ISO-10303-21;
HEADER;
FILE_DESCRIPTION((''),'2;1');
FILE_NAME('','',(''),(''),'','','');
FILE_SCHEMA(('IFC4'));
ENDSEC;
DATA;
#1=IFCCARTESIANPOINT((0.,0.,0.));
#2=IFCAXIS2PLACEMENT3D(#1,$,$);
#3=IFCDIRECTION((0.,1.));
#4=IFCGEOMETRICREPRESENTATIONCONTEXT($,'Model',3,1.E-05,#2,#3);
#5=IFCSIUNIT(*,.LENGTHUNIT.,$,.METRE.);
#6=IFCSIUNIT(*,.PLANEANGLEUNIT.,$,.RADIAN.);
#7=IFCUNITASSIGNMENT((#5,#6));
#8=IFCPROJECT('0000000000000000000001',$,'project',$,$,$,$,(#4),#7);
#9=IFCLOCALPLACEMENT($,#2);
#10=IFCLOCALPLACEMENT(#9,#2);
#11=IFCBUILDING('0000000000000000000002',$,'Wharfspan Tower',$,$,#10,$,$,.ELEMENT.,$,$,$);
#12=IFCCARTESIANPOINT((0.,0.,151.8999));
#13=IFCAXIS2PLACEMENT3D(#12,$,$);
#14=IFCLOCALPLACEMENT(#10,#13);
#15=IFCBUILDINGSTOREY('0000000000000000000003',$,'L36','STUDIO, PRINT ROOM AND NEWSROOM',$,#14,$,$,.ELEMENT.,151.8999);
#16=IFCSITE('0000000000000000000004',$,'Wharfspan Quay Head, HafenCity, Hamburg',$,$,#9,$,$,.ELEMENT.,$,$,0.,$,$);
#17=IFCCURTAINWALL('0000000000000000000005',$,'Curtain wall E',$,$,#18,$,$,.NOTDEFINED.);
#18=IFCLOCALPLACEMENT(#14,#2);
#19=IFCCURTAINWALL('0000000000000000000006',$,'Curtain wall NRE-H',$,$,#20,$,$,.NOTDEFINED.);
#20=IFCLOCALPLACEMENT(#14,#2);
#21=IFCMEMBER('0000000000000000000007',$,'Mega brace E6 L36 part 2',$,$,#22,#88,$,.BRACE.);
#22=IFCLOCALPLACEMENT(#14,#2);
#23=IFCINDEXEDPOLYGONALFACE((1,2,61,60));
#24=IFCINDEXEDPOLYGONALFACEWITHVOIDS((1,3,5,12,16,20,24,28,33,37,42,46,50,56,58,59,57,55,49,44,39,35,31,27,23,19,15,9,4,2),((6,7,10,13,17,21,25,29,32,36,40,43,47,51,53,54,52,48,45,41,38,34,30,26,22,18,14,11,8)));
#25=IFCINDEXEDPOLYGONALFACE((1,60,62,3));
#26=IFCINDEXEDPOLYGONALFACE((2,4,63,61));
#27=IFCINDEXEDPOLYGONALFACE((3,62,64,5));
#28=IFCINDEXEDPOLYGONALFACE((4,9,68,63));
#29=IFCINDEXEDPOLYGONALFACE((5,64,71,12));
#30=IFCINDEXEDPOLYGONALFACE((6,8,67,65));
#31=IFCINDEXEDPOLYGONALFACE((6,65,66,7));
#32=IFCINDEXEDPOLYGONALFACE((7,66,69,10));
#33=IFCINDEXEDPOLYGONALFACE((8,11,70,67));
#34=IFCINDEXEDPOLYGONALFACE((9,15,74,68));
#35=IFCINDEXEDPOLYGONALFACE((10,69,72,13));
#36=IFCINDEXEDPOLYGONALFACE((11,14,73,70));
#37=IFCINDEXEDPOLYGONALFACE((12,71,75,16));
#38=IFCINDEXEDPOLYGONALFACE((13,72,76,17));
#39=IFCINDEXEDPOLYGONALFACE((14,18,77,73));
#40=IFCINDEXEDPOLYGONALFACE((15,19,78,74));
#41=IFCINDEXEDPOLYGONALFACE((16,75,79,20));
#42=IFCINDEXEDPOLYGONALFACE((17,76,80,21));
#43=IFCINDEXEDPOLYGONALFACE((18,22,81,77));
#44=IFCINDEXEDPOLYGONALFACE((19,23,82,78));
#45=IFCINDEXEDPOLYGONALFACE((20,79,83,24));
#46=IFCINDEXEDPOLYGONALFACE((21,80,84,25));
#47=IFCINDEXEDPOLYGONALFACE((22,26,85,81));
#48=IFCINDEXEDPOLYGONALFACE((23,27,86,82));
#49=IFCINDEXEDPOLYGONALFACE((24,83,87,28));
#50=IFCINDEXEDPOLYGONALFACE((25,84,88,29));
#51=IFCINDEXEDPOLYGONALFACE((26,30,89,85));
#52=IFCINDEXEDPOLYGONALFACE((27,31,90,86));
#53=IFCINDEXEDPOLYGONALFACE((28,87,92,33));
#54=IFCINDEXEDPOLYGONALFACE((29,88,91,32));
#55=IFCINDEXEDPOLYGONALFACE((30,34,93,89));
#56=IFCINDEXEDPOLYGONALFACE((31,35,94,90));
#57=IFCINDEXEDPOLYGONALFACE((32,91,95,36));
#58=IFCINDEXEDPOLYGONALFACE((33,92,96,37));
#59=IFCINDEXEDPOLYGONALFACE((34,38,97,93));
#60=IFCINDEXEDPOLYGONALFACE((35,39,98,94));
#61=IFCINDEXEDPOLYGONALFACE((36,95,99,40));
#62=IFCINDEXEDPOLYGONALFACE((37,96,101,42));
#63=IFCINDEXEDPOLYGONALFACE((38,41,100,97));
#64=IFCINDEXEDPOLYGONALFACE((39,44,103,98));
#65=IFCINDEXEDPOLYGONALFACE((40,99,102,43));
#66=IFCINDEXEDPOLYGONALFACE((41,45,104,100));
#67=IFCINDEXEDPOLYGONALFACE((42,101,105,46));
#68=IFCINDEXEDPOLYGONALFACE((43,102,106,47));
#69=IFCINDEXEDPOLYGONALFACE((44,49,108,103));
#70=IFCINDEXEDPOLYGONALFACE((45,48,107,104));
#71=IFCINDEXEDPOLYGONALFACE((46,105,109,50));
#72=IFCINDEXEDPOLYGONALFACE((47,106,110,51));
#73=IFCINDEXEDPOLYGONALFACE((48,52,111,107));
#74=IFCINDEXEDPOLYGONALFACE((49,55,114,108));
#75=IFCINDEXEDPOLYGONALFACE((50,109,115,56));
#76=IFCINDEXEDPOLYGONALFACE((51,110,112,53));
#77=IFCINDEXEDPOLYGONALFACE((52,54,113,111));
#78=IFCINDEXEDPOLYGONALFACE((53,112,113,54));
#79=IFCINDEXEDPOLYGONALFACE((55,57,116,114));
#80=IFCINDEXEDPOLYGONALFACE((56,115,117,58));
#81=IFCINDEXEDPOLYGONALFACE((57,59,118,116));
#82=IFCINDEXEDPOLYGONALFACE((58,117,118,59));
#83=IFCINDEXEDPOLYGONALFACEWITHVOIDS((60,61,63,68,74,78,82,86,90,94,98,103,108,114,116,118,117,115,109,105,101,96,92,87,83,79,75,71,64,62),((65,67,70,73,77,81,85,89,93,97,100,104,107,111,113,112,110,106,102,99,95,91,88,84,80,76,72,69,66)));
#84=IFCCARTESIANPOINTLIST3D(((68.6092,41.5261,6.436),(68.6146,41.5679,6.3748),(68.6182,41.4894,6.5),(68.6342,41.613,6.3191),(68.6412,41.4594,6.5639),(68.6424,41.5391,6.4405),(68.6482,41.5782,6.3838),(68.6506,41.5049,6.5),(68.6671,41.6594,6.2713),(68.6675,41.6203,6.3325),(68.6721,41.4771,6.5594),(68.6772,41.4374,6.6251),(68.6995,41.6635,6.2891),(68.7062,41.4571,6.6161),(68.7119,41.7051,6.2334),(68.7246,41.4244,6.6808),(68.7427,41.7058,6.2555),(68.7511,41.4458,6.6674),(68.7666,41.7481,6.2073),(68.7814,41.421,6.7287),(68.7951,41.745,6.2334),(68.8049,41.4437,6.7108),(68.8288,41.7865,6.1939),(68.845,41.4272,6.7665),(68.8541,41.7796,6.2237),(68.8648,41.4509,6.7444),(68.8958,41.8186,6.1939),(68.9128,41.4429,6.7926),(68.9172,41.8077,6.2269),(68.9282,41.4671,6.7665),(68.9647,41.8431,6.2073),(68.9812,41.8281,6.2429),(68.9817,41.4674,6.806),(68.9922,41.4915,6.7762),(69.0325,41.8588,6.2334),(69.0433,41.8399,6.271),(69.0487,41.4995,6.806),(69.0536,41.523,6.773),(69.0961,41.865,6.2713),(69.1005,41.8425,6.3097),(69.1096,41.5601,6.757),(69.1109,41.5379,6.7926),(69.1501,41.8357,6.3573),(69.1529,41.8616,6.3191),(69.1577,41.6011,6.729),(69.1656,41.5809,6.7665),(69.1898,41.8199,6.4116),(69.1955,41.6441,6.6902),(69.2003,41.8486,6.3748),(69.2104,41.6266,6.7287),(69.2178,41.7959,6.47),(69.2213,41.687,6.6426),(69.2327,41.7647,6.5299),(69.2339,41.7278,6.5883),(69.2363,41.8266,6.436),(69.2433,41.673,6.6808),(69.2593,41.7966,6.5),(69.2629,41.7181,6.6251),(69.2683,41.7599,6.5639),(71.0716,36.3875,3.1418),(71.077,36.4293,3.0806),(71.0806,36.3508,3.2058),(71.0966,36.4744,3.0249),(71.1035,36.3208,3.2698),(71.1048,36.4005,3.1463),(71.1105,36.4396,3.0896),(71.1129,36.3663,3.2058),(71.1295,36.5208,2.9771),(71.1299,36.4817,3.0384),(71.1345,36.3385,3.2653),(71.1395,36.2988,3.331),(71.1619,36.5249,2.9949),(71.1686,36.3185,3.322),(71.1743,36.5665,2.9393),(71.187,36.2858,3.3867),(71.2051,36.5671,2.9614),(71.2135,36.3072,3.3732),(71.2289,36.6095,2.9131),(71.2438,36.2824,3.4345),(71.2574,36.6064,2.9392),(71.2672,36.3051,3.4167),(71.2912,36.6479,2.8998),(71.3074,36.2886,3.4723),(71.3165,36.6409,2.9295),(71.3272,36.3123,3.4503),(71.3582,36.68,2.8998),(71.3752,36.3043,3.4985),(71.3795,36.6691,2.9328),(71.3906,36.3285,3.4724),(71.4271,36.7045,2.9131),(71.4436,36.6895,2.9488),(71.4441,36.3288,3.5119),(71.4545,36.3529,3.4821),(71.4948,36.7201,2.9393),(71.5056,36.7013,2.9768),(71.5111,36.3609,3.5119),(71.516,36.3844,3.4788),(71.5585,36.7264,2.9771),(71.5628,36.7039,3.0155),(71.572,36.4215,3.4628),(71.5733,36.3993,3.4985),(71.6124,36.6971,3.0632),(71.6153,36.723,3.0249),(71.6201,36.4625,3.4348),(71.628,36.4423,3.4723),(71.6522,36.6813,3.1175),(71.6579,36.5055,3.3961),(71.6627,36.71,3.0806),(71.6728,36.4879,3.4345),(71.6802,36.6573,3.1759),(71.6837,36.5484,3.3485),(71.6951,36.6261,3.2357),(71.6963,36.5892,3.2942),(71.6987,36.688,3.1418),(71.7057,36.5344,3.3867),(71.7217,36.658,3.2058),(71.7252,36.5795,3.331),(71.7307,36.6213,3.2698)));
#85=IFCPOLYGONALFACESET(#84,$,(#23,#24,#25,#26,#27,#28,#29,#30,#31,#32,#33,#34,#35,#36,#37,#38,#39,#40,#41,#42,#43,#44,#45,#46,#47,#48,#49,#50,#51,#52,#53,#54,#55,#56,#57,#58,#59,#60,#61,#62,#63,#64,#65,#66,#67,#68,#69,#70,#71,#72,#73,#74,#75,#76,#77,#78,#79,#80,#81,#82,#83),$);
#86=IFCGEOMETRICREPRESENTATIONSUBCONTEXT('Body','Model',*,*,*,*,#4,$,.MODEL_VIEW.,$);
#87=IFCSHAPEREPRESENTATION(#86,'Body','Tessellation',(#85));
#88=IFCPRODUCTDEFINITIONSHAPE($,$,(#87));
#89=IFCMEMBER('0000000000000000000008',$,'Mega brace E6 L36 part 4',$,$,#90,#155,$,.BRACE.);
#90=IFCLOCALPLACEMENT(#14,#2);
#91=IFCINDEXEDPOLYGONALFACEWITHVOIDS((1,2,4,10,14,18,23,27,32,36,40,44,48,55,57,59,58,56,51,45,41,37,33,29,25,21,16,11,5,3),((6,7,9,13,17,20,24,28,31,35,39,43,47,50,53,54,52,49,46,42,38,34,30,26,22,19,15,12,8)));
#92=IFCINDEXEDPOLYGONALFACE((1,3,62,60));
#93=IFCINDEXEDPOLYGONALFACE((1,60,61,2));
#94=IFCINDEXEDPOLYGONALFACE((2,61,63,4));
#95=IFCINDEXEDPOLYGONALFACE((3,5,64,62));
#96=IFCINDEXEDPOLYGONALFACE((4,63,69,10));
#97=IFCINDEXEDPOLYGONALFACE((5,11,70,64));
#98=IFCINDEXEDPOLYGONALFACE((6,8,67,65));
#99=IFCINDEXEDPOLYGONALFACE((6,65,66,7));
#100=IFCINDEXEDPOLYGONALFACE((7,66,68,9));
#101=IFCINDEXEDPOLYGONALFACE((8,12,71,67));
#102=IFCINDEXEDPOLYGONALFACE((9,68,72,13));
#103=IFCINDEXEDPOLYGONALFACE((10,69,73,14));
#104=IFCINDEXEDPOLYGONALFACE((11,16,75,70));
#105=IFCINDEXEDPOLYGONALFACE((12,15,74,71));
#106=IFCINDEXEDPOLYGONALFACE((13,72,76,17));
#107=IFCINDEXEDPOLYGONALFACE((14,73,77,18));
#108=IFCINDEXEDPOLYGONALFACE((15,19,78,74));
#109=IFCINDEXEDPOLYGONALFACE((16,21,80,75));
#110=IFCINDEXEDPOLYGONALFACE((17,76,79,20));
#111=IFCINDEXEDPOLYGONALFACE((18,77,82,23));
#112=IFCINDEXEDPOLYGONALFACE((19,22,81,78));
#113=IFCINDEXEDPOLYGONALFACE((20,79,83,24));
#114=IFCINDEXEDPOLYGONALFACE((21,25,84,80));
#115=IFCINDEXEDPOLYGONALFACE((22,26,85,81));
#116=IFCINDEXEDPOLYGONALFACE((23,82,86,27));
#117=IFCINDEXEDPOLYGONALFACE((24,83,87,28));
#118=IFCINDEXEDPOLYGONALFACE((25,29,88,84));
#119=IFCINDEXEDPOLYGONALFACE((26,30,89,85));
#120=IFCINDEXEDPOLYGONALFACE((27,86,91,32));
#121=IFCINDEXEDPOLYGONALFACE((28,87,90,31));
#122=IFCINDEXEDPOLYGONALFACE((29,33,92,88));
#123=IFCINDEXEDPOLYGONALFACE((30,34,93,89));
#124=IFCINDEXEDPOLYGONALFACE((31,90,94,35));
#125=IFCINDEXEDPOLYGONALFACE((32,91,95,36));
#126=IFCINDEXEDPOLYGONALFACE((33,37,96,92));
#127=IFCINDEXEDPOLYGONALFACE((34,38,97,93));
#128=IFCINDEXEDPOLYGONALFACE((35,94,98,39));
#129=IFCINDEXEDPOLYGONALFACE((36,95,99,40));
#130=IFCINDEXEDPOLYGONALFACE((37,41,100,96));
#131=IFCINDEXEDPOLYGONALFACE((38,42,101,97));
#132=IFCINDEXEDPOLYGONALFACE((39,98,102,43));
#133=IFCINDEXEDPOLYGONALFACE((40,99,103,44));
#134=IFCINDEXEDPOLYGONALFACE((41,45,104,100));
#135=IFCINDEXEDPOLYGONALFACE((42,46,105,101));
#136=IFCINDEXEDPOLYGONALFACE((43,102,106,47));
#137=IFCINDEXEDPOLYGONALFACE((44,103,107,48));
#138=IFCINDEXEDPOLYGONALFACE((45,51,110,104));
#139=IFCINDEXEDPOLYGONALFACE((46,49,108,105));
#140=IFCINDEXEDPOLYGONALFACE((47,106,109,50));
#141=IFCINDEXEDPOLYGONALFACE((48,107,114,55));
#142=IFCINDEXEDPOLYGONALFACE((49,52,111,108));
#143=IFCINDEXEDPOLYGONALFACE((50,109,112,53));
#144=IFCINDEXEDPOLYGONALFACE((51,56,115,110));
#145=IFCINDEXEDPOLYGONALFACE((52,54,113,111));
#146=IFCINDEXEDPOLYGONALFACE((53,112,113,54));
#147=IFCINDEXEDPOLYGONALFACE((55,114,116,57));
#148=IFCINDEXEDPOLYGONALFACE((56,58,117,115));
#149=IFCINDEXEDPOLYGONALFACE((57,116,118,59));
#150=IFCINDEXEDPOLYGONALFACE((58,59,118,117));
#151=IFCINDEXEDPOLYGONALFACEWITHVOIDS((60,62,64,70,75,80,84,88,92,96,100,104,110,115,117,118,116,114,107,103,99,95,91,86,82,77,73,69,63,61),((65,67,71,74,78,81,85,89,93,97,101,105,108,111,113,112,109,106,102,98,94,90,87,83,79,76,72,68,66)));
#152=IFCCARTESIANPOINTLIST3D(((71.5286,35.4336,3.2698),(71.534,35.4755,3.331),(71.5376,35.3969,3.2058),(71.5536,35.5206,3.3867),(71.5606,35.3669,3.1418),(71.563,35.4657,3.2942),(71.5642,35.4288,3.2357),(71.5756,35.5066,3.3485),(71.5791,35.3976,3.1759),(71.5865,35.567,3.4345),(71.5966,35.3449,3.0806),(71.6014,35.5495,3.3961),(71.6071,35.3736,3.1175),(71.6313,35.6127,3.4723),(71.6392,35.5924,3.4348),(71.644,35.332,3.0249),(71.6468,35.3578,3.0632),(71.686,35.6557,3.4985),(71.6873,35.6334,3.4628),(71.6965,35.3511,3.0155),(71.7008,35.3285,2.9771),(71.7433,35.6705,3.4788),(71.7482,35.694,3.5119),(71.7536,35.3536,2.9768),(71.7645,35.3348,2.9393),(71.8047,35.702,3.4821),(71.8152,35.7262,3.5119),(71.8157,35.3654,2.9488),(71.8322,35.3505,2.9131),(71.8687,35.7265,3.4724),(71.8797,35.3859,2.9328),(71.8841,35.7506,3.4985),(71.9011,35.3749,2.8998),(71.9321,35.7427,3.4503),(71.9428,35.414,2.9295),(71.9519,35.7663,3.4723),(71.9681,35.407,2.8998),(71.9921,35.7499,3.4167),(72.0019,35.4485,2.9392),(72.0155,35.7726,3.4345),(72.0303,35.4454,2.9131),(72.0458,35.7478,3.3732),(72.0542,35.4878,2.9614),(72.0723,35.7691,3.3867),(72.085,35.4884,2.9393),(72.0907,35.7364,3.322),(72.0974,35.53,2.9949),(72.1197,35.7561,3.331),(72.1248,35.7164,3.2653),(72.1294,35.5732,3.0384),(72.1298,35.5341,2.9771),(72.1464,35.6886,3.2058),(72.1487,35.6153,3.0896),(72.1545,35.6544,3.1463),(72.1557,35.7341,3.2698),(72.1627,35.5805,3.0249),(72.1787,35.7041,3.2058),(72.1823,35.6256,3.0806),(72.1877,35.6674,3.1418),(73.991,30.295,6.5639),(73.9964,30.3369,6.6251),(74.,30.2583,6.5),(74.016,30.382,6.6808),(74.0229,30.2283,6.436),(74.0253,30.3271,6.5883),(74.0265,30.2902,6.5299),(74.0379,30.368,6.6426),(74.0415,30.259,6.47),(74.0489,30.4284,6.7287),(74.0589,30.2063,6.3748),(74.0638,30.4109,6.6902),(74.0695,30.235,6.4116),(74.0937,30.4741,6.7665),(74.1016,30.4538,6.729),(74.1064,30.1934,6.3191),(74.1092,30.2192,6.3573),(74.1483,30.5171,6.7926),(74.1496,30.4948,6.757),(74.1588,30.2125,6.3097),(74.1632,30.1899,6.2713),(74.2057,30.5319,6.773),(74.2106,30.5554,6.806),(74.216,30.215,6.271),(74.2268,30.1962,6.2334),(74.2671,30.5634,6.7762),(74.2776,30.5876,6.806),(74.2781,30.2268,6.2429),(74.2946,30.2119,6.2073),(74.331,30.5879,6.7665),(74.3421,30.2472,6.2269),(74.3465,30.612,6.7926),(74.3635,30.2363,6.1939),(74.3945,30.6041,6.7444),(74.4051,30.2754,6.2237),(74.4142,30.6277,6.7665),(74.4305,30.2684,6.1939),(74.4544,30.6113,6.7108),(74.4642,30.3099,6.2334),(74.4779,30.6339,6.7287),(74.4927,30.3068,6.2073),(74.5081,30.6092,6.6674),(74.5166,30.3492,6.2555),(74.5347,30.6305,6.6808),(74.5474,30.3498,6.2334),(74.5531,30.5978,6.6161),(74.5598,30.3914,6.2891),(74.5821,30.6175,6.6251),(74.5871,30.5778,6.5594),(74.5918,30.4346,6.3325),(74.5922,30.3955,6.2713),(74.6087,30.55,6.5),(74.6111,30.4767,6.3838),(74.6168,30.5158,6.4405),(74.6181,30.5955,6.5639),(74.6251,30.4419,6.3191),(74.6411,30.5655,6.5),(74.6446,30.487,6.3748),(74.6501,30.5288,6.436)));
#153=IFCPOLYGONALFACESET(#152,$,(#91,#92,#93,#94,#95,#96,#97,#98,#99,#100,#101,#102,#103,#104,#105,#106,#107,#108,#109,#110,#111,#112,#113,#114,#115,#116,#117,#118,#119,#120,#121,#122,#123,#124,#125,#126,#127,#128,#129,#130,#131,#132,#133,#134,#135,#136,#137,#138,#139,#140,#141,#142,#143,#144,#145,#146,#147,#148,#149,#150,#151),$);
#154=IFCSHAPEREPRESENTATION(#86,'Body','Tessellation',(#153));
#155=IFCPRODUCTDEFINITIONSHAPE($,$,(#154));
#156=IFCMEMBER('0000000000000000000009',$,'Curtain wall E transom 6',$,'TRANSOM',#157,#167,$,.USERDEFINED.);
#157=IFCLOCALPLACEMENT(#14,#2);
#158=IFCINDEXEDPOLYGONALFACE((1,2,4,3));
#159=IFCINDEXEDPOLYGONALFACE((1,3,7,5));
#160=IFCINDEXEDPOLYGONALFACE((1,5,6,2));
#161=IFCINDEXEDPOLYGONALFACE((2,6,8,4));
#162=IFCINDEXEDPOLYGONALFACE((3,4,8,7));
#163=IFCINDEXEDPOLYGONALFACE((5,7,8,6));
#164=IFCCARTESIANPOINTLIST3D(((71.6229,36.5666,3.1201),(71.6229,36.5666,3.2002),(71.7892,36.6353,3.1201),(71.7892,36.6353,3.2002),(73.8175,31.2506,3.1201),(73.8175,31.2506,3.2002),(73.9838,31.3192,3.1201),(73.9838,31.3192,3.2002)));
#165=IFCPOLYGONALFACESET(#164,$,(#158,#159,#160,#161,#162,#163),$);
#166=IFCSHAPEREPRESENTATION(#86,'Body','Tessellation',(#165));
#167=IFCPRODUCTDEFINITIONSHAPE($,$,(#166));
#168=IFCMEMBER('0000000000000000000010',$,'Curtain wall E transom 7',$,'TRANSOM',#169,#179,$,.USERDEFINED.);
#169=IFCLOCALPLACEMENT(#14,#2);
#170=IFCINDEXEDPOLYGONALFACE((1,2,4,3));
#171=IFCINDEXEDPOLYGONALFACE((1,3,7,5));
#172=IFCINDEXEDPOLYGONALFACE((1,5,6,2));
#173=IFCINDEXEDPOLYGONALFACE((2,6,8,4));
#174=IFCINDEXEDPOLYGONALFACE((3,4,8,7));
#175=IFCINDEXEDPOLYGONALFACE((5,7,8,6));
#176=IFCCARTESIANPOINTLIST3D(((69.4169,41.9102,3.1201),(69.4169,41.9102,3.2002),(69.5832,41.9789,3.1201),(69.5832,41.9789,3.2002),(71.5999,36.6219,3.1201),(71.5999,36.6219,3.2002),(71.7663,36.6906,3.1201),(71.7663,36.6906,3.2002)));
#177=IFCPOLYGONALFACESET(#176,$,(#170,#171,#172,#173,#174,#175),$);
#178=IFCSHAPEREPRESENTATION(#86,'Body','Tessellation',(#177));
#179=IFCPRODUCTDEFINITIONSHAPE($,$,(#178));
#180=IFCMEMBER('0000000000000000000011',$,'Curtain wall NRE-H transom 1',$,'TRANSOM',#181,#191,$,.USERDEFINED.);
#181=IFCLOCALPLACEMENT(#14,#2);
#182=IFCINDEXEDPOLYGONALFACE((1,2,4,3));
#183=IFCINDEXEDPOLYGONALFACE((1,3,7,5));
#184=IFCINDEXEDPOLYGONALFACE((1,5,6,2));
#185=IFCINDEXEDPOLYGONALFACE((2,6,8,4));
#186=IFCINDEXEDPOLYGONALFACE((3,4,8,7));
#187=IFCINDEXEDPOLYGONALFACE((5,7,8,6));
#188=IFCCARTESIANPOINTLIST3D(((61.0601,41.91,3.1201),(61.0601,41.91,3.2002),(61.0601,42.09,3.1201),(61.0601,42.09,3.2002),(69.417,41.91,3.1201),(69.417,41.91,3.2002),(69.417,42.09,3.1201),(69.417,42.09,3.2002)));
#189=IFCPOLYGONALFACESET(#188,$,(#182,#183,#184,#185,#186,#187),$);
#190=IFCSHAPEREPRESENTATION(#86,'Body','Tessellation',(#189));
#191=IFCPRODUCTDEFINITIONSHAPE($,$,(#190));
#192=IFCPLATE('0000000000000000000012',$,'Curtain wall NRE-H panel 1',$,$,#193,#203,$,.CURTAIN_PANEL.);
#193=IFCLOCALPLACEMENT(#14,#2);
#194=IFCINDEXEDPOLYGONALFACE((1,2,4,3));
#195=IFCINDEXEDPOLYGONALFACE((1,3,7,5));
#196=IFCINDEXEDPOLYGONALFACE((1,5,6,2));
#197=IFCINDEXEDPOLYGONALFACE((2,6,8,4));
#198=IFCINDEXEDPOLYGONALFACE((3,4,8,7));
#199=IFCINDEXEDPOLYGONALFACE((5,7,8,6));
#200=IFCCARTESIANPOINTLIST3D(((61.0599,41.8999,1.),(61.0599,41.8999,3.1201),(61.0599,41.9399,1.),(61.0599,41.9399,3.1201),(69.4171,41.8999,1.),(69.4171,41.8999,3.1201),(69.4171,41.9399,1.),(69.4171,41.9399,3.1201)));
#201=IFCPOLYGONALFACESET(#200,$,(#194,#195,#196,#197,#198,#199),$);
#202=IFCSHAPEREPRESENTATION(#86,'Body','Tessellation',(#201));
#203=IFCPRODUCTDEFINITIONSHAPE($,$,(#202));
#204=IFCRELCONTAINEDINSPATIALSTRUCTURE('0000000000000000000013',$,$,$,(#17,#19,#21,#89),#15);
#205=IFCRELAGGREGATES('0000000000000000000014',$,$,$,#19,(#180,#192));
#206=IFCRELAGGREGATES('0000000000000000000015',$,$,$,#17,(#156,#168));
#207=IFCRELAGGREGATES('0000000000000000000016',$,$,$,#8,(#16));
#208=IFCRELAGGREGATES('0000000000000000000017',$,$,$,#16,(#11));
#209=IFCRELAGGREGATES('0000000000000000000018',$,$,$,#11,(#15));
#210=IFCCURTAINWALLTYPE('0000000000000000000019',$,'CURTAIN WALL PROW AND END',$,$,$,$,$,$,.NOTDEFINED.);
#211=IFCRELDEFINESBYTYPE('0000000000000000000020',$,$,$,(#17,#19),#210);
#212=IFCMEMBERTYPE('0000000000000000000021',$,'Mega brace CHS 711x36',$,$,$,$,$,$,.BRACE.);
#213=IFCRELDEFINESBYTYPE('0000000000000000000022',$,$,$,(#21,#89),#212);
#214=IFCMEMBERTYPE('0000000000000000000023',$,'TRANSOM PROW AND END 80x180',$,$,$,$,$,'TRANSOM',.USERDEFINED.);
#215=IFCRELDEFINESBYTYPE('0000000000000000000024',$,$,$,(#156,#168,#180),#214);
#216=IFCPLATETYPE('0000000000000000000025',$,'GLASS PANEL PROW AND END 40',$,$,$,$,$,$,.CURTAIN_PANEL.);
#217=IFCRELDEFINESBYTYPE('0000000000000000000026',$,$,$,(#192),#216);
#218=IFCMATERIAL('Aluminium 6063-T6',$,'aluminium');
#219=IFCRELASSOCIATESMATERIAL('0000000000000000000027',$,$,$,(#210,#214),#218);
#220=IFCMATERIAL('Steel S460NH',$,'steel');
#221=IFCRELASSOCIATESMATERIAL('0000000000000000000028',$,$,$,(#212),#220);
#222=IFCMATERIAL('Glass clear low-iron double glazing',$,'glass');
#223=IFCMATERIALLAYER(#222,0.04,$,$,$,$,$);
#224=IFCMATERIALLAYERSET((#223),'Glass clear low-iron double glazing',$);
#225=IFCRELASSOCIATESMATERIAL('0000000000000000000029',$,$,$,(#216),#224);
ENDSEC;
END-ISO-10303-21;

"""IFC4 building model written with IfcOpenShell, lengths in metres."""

from ifc_helpers import new_model, si_unit, direction, frame, origin, origin_2d, place, context, subcontext, project, spatial, rectangle, hollow_circle, extrude, material, layer, layer_set, material_profile, profile_set, type_object, element, aggregate, save


model = new_model("IFC4")

# Units and contexts
model_context = context("Model", 3, precision=1e-05, world=origin(), true_north=direction((0.0, 1.0)))
body_context = subcontext(model_context, "Body", "Model", "MODEL_VIEW")
ifc_project = project(units=[si_unit("LENGTHUNIT", "METRE"), si_unit("PLANEANGLEUNIT", "RADIAN")], contexts=[model_context])

# Site, building, storey
site_placement = place(None, origin())
site = spatial("IfcSite", under=ifc_project, at=site_placement, Name="Wharfspan Quay Head, HafenCity, Hamburg", CompositionType="ELEMENT", RefElevation=0.0)
building_placement = place(site_placement, origin())
building = spatial("IfcBuilding", under=site, at=building_placement, Name="Wharfspan Tower", CompositionType="ELEMENT")
storey_placement = place(building_placement, frame((0.0, 0.0, 151.8999)))
storey = spatial("IfcBuildingStorey", under=building, at=storey_placement, Name="L36", Description="STUDIO, PRINT ROOM AND NEWSROOM", CompositionType="ELEMENT", Elevation=151.8999)

# Shared definitions
ifc_material_1 = material(Name="Steel S460NH", Category="steel")

# Curtain wall
ifc_material_2 = material(Name="Aluminium 6063-T6", Category="aluminium")
curtain_wall_type = type_object("IfcCurtainWallType", Name="CURTAIN WALL PROW AND END", PredefinedType="NOTDEFINED", material=ifc_material_2)
curtain_wall_1_placement = place(storey_placement, origin())
curtain_wall_1 = element("IfcCurtainWall", 1, at=curtain_wall_1_placement, inside=storey, type_object=curtain_wall_type, Name="Curtain wall E", PredefinedType="NOTDEFINED")

# Curtain wall
curtain_wall_2_placement = place(storey_placement, origin())
curtain_wall_2 = element("IfcCurtainWall", 2, at=curtain_wall_2_placement, inside=storey, type_object=curtain_wall_type, Name="Curtain wall NRE-H", PredefinedType="NOTDEFINED")

# Members
ifc_material_profile_1 = material_profile(ifc_material_1, hollow_circle(Radius=0.3555, WallThickness=0.0359, at=origin_2d()))
ifc_profile_set_1 = profile_set([ifc_material_profile_1], Name="Steel S460NH")
member_type_1 = type_object("IfcMemberType", Name="Mega brace CHS 711x36", PredefinedType="BRACE", material=ifc_profile_set_1)
for number, where, z_axis, x_axis, name in (
    (3, (71.4011, 36.5044, 3.2058), (-0.374119, 0.780731, 0.500494), (-0.90181, -0.432137, -0.000003), "Mega brace E6 L36 part 2"),
    (4, (71.8582, 35.5505, 3.2058), (0.374119, -0.780731, 0.500494), (0.90181, 0.432137, -0.000003), "Mega brace E6 L36 part 4"),
):
    element("IfcMember", number, at=place(storey_placement, frame(where, z_axis=z_axis, x_axis=x_axis)), inside=storey, type_object=member_type_1, Name=name, PredefinedType="BRACE", context=body_context, shape_type="SweptSolid", body=[
        extrude(hollow_circle(Radius=0.3555, WallThickness=0.0359, at=origin_2d()), origin(), (0.0, 0.0, 1.0), 6.5818),
    ])

# Members
ifc_material_profile_2 = material_profile(ifc_material_2, rectangle(XDim=0.1799, YDim=0.0801, at=origin_2d()))
ifc_profile_set_2 = profile_set([ifc_material_profile_2], Name="Aluminium 6063-T6")
member_type_2 = type_object("IfcMemberType", Name="TRANSOM PROW AND END 80x180", ElementType="TRANSOM", PredefinedType="USERDEFINED", material=ifc_profile_set_2)
member_1_placement = place(storey_placement, frame((73.9006, 31.2849, 3.1602), z_axis=(-0.381593, 0.92433, 0.0), x_axis=(-0.92433, -0.381593, 0.0)))
member_1 = element("IfcMember", 5, at=member_1_placement, type_object=member_type_2, Name="Curtain wall E transom 6", ObjectType="TRANSOM", PredefinedType="USERDEFINED", context=body_context, shape_type="SweptSolid", body=[
    extrude(rectangle(XDim=0.1799, YDim=0.0801, at=origin_2d()), origin(), (0.0, 0.0, 1.0), 5.7512),
])
member_2_placement = place(storey_placement, frame((71.6831, 36.6562, 3.1602), z_axis=(-0.38158, 0.924336, 0.0), x_axis=(-0.924336, -0.38158, 0.0)))
member_2 = element("IfcMember", 6, at=member_2_placement, type_object=member_type_2, Name="Curtain wall E transom 7", ObjectType="TRANSOM", PredefinedType="USERDEFINED", context=body_context, shape_type="SweptSolid", body=[
    extrude(rectangle(XDim=0.1799, YDim=0.0801, at=origin_2d()), origin(), (0.0, 0.0, 1.0), 5.7212),
])
member_3_placement = place(storey_placement, frame((69.417, 42.0, 3.1602), z_axis=(-1.0, 0.0, 0.0), x_axis=(0.0, -1.0, 0.0)))
member_3 = element("IfcMember", 7, at=member_3_placement, type_object=member_type_2, Name="Curtain wall NRE-H transom 1", ObjectType="TRANSOM", PredefinedType="USERDEFINED", context=body_context, shape_type="SweptSolid", body=[
    extrude(rectangle(XDim=0.1799, YDim=0.0801, at=origin_2d()), origin(), (0.0, 0.0, 1.0), 8.3569),
])

# Plate
ifc_material_3 = material(Name="Glass clear low-iron double glazing", Category="glass")
ifc_layer_1 = layer(ifc_material_3, 0.04)
ifc_layer_set_1 = layer_set([ifc_layer_1], Name="Glass clear low-iron double glazing")
plate_type_1 = type_object("IfcPlateType", Name="GLASS PANEL PROW AND END 40", PredefinedType="CURTAIN_PANEL", material=ifc_layer_set_1)
plate_1_placement = place(storey_placement, frame((65.2385, 41.9199, 1.0), z_axis=(0.0, 0.0, 1.0), x_axis=(-1.0, 0.0, 0.0)))
plate_1 = element("IfcPlate", 8, at=plate_1_placement, type_object=plate_type_1, Name="Curtain wall NRE-H panel 1", PredefinedType="CURTAIN_PANEL", context=body_context, shape_type="SweptSolid", body=[
    extrude(rectangle(XDim=8.3572, YDim=0.04, at=origin_2d()), origin(), (0.0, 0.0, 1.0), 2.1201),
])
aggregate(curtain_wall_2, [member_3, plate_1])
aggregate(curtain_wall_1, [member_1, member_2])

save(model, "model.ifc")
